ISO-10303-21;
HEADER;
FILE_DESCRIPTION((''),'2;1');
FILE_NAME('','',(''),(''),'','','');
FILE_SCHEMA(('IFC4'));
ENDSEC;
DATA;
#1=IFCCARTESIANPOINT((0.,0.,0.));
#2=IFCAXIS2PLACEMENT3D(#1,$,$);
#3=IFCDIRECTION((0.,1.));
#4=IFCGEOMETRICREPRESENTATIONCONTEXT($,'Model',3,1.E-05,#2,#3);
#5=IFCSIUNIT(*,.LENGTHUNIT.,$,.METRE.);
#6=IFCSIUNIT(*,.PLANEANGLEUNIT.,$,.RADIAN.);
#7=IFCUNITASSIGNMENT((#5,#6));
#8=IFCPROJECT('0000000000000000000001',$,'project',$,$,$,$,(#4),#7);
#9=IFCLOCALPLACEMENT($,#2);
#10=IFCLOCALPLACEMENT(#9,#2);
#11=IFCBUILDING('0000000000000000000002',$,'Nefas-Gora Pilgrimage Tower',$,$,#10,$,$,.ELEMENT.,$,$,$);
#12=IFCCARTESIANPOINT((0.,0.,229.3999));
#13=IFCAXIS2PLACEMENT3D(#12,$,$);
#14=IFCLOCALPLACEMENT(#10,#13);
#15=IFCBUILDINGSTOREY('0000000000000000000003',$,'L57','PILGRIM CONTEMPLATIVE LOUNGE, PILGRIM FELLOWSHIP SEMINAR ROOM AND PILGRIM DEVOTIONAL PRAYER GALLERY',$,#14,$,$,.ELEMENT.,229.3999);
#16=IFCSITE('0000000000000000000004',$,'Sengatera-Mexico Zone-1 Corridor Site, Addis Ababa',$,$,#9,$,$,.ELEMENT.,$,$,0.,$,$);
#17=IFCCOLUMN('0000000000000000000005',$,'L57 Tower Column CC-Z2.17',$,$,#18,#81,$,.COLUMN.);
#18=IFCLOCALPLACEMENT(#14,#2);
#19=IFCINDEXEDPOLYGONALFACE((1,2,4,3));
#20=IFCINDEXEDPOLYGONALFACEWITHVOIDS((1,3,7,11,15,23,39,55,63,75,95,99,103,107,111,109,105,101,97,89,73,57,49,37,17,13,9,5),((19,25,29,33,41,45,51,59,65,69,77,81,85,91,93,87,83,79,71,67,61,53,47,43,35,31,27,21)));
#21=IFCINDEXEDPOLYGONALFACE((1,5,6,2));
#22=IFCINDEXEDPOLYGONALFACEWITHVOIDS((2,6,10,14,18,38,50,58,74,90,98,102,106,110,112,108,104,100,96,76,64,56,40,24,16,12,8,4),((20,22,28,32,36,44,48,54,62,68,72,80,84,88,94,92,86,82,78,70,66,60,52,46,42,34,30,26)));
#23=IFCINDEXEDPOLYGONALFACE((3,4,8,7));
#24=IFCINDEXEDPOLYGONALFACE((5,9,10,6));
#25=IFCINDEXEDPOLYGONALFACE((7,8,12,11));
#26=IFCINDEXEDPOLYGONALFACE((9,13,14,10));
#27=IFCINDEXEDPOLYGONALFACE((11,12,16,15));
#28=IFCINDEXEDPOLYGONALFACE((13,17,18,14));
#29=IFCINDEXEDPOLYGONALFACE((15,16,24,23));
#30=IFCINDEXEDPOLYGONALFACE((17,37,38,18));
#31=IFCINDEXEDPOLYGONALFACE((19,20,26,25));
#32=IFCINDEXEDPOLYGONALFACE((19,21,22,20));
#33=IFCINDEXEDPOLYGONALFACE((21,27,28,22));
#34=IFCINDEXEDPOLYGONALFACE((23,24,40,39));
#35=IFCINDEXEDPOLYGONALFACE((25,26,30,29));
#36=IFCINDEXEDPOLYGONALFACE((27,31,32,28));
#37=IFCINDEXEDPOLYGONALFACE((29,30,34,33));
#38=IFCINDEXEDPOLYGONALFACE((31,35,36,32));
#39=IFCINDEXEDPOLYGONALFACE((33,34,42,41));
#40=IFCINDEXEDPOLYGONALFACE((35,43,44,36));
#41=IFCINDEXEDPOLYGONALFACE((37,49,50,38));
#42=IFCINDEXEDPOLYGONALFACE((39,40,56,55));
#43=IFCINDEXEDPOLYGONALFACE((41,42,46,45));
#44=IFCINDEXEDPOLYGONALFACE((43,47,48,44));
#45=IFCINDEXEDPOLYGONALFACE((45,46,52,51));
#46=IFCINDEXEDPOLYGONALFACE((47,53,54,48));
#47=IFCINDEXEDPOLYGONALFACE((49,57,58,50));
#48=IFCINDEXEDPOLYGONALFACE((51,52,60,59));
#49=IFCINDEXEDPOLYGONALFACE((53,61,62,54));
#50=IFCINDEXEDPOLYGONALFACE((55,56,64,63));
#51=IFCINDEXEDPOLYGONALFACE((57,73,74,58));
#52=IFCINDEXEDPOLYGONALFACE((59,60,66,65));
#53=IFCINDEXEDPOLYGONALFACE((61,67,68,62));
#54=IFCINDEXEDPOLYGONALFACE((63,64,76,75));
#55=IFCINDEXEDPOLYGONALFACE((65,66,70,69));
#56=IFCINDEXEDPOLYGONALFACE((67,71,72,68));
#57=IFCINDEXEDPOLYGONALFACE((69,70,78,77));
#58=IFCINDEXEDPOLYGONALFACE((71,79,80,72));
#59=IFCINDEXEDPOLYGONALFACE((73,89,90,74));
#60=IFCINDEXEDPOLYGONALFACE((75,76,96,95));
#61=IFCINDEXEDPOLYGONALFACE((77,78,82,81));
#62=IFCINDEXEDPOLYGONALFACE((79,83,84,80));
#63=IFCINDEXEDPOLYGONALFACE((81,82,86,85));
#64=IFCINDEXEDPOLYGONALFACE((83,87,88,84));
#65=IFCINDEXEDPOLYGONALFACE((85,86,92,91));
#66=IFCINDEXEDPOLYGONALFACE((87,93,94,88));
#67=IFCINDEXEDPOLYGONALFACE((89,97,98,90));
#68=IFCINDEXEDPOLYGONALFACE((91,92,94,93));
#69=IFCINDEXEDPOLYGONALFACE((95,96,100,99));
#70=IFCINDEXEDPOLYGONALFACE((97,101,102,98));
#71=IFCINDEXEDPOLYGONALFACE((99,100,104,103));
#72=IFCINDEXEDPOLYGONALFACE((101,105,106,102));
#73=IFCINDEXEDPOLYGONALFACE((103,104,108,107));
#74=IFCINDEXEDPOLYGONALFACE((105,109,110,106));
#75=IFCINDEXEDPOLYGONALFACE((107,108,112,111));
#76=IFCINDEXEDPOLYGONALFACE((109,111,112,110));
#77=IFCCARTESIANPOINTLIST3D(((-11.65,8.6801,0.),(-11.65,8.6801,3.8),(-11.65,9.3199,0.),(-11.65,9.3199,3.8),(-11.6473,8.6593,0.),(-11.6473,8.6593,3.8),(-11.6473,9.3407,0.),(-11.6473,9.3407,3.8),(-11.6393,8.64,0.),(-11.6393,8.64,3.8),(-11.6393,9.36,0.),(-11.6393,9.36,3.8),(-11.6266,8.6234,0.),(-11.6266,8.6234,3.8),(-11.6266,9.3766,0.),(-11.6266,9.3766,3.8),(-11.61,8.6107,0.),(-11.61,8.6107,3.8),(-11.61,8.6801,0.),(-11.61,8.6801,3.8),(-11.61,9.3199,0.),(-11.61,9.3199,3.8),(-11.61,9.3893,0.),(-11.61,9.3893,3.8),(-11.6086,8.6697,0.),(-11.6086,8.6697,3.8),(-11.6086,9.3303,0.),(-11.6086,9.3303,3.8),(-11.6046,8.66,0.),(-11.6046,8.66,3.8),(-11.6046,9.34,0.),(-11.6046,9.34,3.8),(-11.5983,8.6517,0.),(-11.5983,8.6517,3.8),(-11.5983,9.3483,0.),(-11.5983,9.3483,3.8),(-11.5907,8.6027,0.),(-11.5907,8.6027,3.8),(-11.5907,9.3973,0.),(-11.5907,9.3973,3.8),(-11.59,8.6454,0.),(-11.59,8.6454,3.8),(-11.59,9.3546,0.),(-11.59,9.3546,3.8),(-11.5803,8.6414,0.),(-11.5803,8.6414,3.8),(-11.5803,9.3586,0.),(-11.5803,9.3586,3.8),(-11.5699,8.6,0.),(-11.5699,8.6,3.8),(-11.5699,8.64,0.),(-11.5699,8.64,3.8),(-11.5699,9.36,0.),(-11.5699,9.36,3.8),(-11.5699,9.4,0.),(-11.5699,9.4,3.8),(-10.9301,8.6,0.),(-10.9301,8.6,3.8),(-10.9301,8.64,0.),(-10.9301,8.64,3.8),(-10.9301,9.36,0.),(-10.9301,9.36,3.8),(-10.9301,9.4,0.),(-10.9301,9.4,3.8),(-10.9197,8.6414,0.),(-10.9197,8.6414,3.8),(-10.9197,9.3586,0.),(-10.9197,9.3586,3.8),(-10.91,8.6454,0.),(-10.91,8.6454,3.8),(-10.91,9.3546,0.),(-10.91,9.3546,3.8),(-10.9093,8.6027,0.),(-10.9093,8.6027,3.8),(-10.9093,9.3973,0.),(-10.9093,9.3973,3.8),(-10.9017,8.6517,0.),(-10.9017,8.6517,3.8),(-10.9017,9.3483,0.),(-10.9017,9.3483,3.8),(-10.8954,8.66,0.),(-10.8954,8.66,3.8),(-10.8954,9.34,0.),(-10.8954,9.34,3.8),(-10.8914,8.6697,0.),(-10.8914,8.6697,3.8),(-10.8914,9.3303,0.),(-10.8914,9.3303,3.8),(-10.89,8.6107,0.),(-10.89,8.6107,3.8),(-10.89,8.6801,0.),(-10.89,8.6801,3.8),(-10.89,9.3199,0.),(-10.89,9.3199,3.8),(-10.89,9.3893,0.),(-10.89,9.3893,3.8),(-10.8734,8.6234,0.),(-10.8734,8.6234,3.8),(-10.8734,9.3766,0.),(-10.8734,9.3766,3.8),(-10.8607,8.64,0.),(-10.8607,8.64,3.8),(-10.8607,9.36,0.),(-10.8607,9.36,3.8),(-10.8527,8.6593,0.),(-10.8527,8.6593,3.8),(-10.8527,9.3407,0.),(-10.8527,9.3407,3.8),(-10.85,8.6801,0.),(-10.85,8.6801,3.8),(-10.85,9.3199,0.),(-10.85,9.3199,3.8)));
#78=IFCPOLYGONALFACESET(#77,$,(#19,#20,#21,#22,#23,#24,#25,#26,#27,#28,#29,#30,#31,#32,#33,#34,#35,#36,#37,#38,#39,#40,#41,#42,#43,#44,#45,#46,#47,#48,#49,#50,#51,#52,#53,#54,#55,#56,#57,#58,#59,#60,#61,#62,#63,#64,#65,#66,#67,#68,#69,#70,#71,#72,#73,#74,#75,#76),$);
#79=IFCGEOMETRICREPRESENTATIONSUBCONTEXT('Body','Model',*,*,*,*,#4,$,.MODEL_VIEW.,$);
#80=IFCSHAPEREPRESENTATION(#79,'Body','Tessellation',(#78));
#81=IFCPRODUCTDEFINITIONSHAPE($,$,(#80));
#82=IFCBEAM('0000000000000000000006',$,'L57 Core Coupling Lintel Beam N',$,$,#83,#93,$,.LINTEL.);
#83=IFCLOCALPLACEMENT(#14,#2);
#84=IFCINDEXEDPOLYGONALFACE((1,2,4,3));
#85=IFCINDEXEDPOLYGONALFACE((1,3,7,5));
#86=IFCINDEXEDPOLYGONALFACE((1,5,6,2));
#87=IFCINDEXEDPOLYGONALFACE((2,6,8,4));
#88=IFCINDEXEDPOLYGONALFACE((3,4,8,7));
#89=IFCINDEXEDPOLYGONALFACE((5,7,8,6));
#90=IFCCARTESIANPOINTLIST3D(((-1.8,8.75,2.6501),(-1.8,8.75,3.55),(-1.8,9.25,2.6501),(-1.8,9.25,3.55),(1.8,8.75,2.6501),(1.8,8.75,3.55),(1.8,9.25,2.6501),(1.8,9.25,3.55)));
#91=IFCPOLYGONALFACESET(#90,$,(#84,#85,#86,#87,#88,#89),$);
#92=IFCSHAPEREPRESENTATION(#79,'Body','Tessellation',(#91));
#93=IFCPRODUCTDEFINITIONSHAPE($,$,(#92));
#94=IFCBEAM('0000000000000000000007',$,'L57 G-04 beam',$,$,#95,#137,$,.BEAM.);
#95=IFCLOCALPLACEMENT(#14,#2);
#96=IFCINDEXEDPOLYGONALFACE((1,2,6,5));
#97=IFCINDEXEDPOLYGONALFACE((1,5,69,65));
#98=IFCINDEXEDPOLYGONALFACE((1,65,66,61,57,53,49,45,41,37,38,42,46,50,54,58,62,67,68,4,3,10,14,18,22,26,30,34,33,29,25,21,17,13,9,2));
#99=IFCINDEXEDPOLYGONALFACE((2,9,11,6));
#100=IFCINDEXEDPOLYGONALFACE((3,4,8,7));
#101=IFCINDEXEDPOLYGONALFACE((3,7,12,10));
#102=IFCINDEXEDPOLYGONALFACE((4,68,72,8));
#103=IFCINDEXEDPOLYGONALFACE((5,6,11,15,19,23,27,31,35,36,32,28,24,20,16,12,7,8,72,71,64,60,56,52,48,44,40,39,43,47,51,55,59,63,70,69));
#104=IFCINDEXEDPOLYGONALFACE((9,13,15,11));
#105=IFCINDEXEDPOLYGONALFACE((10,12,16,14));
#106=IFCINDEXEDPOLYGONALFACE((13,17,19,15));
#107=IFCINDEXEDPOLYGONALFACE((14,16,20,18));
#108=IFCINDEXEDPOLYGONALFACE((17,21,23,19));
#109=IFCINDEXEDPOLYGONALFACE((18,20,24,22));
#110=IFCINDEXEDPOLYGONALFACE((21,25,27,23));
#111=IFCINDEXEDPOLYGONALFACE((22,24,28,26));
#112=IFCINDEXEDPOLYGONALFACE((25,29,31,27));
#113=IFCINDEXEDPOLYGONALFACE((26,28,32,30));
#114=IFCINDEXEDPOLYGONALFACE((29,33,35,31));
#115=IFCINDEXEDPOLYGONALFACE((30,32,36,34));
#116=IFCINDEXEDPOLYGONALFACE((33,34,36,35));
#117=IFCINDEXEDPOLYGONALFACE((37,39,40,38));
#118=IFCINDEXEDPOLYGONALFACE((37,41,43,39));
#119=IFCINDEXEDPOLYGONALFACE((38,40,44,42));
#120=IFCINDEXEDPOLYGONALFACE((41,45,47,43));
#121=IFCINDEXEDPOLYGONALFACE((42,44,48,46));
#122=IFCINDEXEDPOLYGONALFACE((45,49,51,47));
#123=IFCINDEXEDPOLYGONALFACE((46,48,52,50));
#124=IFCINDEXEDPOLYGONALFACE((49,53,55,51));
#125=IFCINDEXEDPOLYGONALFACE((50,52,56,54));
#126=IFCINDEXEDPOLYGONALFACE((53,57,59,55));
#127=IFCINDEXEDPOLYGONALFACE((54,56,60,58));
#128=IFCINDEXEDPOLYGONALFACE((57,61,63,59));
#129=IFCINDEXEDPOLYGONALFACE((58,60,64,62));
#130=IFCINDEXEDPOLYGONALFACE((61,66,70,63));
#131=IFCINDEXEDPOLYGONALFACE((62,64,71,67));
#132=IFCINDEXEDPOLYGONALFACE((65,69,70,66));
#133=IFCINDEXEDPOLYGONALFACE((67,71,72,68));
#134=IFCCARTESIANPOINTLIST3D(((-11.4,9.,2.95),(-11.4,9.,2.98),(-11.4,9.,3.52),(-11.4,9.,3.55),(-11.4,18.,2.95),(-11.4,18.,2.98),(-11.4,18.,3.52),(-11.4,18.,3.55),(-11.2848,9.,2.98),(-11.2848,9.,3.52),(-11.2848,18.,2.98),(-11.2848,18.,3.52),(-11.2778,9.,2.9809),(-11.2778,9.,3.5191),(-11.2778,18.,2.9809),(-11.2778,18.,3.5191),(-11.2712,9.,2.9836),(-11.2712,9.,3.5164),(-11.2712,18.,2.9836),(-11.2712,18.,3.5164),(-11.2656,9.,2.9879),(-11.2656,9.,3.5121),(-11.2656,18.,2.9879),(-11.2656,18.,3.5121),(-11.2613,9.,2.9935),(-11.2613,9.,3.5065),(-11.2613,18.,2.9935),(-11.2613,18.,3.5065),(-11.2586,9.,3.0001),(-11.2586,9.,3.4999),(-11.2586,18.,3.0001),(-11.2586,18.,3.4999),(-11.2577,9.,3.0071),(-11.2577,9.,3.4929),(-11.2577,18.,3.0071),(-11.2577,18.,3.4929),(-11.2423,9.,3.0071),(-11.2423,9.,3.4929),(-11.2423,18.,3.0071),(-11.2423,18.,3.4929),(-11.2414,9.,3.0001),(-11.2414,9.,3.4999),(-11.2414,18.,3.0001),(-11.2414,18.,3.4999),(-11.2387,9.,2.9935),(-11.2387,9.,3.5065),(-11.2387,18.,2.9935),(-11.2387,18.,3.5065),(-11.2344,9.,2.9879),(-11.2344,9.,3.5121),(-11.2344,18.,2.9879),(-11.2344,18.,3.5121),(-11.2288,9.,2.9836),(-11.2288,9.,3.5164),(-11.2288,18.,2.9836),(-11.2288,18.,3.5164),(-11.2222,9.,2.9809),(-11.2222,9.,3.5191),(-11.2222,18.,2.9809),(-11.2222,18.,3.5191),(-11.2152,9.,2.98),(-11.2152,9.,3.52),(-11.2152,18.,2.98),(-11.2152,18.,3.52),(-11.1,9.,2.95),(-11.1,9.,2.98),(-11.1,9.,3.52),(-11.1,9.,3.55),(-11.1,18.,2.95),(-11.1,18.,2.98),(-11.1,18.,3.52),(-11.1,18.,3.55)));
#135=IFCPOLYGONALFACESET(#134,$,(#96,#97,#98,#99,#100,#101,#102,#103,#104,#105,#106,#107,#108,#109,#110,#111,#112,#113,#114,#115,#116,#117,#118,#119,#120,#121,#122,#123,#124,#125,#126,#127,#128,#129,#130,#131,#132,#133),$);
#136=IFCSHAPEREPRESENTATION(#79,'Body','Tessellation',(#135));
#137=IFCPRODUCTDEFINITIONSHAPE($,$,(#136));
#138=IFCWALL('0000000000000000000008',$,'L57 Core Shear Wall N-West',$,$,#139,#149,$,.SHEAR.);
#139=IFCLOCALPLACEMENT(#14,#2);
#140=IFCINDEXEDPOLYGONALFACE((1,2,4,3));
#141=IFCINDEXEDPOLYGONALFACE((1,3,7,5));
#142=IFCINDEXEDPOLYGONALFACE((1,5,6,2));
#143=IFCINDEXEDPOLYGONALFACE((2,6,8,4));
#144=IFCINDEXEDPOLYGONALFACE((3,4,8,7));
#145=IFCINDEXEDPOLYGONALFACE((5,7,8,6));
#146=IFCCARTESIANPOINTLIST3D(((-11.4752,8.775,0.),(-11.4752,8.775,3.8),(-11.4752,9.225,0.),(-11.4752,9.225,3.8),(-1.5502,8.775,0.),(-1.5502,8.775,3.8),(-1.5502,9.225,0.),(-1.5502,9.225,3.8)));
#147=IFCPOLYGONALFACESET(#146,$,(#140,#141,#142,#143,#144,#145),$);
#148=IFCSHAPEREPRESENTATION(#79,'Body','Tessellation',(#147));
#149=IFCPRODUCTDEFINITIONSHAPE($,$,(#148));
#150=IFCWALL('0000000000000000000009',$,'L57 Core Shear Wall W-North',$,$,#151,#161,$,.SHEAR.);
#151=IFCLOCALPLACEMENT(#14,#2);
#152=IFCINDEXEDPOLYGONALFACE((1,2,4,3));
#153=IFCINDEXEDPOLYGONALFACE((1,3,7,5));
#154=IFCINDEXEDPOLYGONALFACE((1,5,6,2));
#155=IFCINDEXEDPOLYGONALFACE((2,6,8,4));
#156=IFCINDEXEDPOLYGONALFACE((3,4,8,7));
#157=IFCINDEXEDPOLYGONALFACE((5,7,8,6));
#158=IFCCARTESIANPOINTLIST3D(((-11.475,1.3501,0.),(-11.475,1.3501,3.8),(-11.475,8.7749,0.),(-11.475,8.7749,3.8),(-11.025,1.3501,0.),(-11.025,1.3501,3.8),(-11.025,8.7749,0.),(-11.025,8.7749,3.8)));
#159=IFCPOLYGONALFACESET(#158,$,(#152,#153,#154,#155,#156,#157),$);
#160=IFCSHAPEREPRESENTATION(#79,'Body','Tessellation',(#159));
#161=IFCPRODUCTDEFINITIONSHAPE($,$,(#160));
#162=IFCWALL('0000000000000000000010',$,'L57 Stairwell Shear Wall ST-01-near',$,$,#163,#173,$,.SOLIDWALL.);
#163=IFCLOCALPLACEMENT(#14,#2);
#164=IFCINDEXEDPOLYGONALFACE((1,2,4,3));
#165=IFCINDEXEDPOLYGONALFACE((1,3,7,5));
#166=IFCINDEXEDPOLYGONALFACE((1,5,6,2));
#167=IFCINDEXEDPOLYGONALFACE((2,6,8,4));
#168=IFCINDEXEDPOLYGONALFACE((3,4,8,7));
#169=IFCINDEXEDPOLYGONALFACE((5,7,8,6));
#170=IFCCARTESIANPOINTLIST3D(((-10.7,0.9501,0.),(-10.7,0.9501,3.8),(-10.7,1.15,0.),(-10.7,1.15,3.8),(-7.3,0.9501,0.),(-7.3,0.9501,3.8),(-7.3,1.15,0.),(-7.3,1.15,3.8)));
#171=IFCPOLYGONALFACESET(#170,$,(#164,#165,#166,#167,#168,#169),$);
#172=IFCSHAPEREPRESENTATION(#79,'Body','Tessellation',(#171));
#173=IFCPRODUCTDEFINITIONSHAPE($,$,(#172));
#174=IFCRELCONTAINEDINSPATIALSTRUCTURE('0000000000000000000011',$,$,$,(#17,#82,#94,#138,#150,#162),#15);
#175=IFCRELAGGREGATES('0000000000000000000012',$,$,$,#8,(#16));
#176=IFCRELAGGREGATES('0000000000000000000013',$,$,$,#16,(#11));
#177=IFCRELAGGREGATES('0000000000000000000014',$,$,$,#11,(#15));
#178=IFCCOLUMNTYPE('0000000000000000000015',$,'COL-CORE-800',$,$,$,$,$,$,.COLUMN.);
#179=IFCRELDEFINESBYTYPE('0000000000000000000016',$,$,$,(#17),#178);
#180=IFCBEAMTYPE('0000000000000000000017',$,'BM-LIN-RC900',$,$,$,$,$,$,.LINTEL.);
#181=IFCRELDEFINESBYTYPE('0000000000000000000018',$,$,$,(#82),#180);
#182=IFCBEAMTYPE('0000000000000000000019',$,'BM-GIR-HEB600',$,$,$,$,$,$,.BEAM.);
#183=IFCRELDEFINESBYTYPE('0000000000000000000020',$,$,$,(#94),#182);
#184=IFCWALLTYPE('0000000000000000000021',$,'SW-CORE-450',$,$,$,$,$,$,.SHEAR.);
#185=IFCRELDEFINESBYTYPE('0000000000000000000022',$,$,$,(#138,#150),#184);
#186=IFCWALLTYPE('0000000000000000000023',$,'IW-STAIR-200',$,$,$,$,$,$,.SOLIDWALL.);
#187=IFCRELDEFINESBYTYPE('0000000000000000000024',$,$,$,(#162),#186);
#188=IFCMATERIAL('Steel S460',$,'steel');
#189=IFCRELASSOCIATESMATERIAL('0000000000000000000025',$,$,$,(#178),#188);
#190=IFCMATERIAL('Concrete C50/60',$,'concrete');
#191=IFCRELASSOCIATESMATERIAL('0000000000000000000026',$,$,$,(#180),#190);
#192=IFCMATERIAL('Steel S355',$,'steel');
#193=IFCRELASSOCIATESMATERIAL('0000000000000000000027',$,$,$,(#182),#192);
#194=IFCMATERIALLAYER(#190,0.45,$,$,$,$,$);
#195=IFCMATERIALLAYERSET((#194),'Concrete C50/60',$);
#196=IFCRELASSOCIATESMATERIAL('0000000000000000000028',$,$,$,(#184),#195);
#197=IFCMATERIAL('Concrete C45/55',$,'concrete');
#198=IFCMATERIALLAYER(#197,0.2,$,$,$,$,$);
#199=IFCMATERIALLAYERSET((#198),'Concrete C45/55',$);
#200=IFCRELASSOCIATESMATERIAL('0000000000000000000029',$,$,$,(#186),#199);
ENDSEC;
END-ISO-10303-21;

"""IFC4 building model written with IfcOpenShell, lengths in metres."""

from ifc_helpers import new_model, si_unit, direction, frame, frame_2d, origin, origin_2d, place, context, subcontext, project, spatial, rectangle, hollow_rectangle, i_section, extrude, source, transform, mapped, material, layer, layer_set, material_profile, profile_set, type_object, element, save


model = new_model("IFC4")

# Units and contexts
model_context = context("Model", 3, precision=1e-05, world=origin(), true_north=direction((0.0, 1.0)))
body_context = subcontext(model_context, "Body", "Model", "MODEL_VIEW")
ifc_project = project(units=[si_unit("LENGTHUNIT", "METRE"), si_unit("PLANEANGLEUNIT", "RADIAN")], contexts=[model_context])

# Site, building, storey
site_placement = place(None, origin())
site = spatial("IfcSite", under=ifc_project, at=site_placement, Name="Sengatera-Mexico Zone-1 Corridor Site, Addis Ababa", CompositionType="ELEMENT", RefElevation=0.0)
building_placement = place(site_placement, origin())
building = spatial("IfcBuilding", under=site, at=building_placement, Name="Nefas-Gora Pilgrimage Tower", CompositionType="ELEMENT")
storey_placement = place(building_placement, frame((0.0, 0.0, 229.3999)))
storey = spatial("IfcBuildingStorey", under=building, at=storey_placement, Name="L57", Description="PILGRIM CONTEMPLATIVE LOUNGE, PILGRIM FELLOWSHIP SEMINAR ROOM AND PILGRIM DEVOTIONAL PRAYER GALLERY", CompositionType="ELEMENT", Elevation=229.3999)

# Column
ifc_material_1 = material(Name="Steel S460", Category="steel")
ifc_material_profile_1 = material_profile(ifc_material_1, hollow_rectangle(XDim=0.8, YDim=0.8, WallThickness=0.04, InnerFilletRadius=0.04, OuterFilletRadius=0.0801, at=origin_2d()), Name="BOX 800x800x40")
ifc_profile_set_1 = profile_set([ifc_material_profile_1], Name="Steel S460")
column_type = type_object("IfcColumnType", Name="COL-CORE-800", PredefinedType="COLUMN", material=ifc_profile_set_1)
shared_shape_1 = source(origin(), body_context, "Body", "SweptSolid", [
    extrude(hollow_rectangle(XDim=0.8, YDim=0.8, WallThickness=0.04, InnerFilletRadius=0.04, OuterFilletRadius=0.0801, at=origin_2d()), origin(), (0.0, 0.0, 1.0), 3.8),
])
column_placement = place(storey_placement, frame((-11.25, 9.0, 0.0), z_axis=(0.0, 0.0, 1.0), x_axis=(1.0, 0.0, 0.0)))
element("IfcColumn", 1, at=column_placement, inside=storey, type_object=column_type, Name="L57 Tower Column CC-Z2.17", PredefinedType="COLUMN", context=body_context, shape_type="MappedRepresentation", body=[
    mapped(shared_shape_1, transform((0.0, 0.0, 0.0), x_axis=(1.0, 0.0, 0.0), y_axis=(0.0, 1.0, 0.0), z_axis=(0.0, 0.0, 1.0), scale=1.0)),
])

# Beams
ifc_material_2 = material(Name="Concrete C50/60", Category="concrete")
ifc_material_profile_2 = material_profile(ifc_material_2, rectangle(XDim=0.5, YDim=0.8999, at=origin_2d()), Name="RC 500x900")
ifc_profile_set_2 = profile_set([ifc_material_profile_2], Name="Concrete C50/60")
beam_type_1 = type_object("IfcBeamType", Name="BM-LIN-RC900", PredefinedType="LINTEL", material=ifc_profile_set_2)
shared_shape_2 = source(origin(), body_context, "Body", "SweptSolid", [
    extrude(rectangle(XDim=0.5, YDim=0.8999, at=origin_2d()), origin(), (0.0, 0.0, 1.0), 3.6001),
])
beam_1_placement = place(storey_placement, frame((-1.8, 9.0, 3.1001), z_axis=(1.0, 0.0, 0.0), x_axis=(0.0, 1.0, 0.0)))
element("IfcBeam", 2, at=beam_1_placement, inside=storey, type_object=beam_type_1, Name="L57 Core Coupling Lintel Beam N", PredefinedType="LINTEL", context=body_context, shape_type="MappedRepresentation", body=[
    mapped(shared_shape_2, transform((0.0, 0.0, 0.0), x_axis=(1.0, 0.0, 0.0), y_axis=(0.0, 1.0, 0.0), z_axis=(0.0, 0.0, 1.0), scale=1.0)),
])
ifc_material_3 = material(Name="Steel S355", Category="steel")
ifc_material_profile_3 = material_profile(ifc_material_3, i_section(OverallWidth=0.3, OverallDepth=0.6001, WebThickness=0.0154, FlangeThickness=0.03, FilletRadius=0.0271, at=origin_2d()), Name="HEB 600")
ifc_profile_set_3 = profile_set([ifc_material_profile_3], Name="Steel S355")
beam_type_2 = type_object("IfcBeamType", Name="BM-GIR-HEB600", PredefinedType="BEAM", material=ifc_profile_set_3)
shared_shape_3 = source(origin(), body_context, "Body", "SweptSolid", [
    extrude(i_section(OverallWidth=0.3, OverallDepth=0.6001, WebThickness=0.0154, FlangeThickness=0.03, FilletRadius=0.0271, at=origin_2d()), origin(), (0.0, 0.0, 1.0), 9.0),
])
beam_2_placement = place(storey_placement, frame((-11.25, 9.0, 3.25), z_axis=(0.0, 1.0, 0.0), x_axis=(-1.0, 0.0, 0.0)))
element("IfcBeam", 3, at=beam_2_placement, inside=storey, type_object=beam_type_2, Name="L57 G-04 beam", PredefinedType="BEAM", context=body_context, shape_type="MappedRepresentation", body=[
    mapped(shared_shape_3, transform((0.0, 0.0, 0.0), x_axis=(1.0, 0.0, 0.0), y_axis=(0.0, 1.0, 0.0), z_axis=(0.0, 0.0, 1.0), scale=1.0)),
])

# Walls
ifc_layer_1 = layer(ifc_material_2, 0.45)
ifc_layer_set_1 = layer_set([ifc_layer_1], Name="Concrete C50/60")
wall_type_1 = type_object("IfcWallType", Name="SW-CORE-450", PredefinedType="SHEAR", material=ifc_layer_set_1)
shared_shape_4 = source(origin(), body_context, "Body", "SweptSolid", [
    extrude(rectangle(XDim=9.925, YDim=0.45, at=frame_2d((4.9624, 0.0))), origin(), (0.0, 0.0, 1.0), 3.8),
])
wall_1_placement = place(storey_placement, frame((-11.4751, 9.0, 0.0), z_axis=(0.0, 0.0, 1.0), x_axis=(1.0, 0.0, 0.0)))
element("IfcWall", 4, at=wall_1_placement, inside=storey, type_object=wall_type_1, Name="L57 Core Shear Wall N-West", PredefinedType="SHEAR", context=body_context, shape_type="MappedRepresentation", body=[
    mapped(shared_shape_4, transform((0.0, 0.0, 0.0), x_axis=(1.0, 0.0, 0.0), y_axis=(0.0, 1.0, 0.0), z_axis=(0.0, 0.0, 1.0), scale=1.0)),
])
shared_shape_5 = source(origin(), body_context, "Body", "SweptSolid", [
    extrude(rectangle(XDim=7.4248, YDim=0.45, at=frame_2d((3.7124, 0.0))), origin(), (0.0, 0.0, 1.0), 3.8),
])
wall_2_placement = place(storey_placement, frame((-11.25, 1.3501, 0.0), z_axis=(0.0, 0.0, 1.0), x_axis=(0.0, 1.0, 0.0)))
element("IfcWall", 5, at=wall_2_placement, inside=storey, type_object=wall_type_1, Name="L57 Core Shear Wall W-North", PredefinedType="SHEAR", context=body_context, shape_type="MappedRepresentation", body=[
    mapped(shared_shape_5, transform((0.0, 0.0, 0.0), x_axis=(1.0, 0.0, 0.0), y_axis=(0.0, 1.0, 0.0), z_axis=(0.0, 0.0, 1.0), scale=1.0)),
])
ifc_material_4 = material(Name="Concrete C45/55", Category="concrete")
ifc_layer_2 = layer(ifc_material_4, 0.2)
ifc_layer_set_2 = layer_set([ifc_layer_2], Name="Concrete C45/55")
wall_type_2 = type_object("IfcWallType", Name="IW-STAIR-200", PredefinedType="SOLIDWALL", material=ifc_layer_set_2)
shared_shape_6 = source(origin(), body_context, "Body", "SweptSolid", [
    extrude(rectangle(XDim=3.3999, YDim=0.2, at=frame_2d((1.7, 0.0))), origin(), (0.0, 0.0, 1.0), 3.8),
])
wall_3_placement = place(storey_placement, frame((-7.3, 1.05, 0.0), z_axis=(0.0, 0.0, 1.0), x_axis=(-1.0, 0.0, 0.0)))
element("IfcWall", 6, at=wall_3_placement, inside=storey, type_object=wall_type_2, Name="L57 Stairwell Shear Wall ST-01-near", PredefinedType="SOLIDWALL", context=body_context, shape_type="MappedRepresentation", body=[
    mapped(shared_shape_6, transform((0.0, 0.0, 0.0), x_axis=(1.0, 0.0, 0.0), y_axis=(0.0, 1.0, 0.0), z_axis=(0.0, 0.0, 1.0), scale=1.0)),
])

save(model, "model.ifc")
